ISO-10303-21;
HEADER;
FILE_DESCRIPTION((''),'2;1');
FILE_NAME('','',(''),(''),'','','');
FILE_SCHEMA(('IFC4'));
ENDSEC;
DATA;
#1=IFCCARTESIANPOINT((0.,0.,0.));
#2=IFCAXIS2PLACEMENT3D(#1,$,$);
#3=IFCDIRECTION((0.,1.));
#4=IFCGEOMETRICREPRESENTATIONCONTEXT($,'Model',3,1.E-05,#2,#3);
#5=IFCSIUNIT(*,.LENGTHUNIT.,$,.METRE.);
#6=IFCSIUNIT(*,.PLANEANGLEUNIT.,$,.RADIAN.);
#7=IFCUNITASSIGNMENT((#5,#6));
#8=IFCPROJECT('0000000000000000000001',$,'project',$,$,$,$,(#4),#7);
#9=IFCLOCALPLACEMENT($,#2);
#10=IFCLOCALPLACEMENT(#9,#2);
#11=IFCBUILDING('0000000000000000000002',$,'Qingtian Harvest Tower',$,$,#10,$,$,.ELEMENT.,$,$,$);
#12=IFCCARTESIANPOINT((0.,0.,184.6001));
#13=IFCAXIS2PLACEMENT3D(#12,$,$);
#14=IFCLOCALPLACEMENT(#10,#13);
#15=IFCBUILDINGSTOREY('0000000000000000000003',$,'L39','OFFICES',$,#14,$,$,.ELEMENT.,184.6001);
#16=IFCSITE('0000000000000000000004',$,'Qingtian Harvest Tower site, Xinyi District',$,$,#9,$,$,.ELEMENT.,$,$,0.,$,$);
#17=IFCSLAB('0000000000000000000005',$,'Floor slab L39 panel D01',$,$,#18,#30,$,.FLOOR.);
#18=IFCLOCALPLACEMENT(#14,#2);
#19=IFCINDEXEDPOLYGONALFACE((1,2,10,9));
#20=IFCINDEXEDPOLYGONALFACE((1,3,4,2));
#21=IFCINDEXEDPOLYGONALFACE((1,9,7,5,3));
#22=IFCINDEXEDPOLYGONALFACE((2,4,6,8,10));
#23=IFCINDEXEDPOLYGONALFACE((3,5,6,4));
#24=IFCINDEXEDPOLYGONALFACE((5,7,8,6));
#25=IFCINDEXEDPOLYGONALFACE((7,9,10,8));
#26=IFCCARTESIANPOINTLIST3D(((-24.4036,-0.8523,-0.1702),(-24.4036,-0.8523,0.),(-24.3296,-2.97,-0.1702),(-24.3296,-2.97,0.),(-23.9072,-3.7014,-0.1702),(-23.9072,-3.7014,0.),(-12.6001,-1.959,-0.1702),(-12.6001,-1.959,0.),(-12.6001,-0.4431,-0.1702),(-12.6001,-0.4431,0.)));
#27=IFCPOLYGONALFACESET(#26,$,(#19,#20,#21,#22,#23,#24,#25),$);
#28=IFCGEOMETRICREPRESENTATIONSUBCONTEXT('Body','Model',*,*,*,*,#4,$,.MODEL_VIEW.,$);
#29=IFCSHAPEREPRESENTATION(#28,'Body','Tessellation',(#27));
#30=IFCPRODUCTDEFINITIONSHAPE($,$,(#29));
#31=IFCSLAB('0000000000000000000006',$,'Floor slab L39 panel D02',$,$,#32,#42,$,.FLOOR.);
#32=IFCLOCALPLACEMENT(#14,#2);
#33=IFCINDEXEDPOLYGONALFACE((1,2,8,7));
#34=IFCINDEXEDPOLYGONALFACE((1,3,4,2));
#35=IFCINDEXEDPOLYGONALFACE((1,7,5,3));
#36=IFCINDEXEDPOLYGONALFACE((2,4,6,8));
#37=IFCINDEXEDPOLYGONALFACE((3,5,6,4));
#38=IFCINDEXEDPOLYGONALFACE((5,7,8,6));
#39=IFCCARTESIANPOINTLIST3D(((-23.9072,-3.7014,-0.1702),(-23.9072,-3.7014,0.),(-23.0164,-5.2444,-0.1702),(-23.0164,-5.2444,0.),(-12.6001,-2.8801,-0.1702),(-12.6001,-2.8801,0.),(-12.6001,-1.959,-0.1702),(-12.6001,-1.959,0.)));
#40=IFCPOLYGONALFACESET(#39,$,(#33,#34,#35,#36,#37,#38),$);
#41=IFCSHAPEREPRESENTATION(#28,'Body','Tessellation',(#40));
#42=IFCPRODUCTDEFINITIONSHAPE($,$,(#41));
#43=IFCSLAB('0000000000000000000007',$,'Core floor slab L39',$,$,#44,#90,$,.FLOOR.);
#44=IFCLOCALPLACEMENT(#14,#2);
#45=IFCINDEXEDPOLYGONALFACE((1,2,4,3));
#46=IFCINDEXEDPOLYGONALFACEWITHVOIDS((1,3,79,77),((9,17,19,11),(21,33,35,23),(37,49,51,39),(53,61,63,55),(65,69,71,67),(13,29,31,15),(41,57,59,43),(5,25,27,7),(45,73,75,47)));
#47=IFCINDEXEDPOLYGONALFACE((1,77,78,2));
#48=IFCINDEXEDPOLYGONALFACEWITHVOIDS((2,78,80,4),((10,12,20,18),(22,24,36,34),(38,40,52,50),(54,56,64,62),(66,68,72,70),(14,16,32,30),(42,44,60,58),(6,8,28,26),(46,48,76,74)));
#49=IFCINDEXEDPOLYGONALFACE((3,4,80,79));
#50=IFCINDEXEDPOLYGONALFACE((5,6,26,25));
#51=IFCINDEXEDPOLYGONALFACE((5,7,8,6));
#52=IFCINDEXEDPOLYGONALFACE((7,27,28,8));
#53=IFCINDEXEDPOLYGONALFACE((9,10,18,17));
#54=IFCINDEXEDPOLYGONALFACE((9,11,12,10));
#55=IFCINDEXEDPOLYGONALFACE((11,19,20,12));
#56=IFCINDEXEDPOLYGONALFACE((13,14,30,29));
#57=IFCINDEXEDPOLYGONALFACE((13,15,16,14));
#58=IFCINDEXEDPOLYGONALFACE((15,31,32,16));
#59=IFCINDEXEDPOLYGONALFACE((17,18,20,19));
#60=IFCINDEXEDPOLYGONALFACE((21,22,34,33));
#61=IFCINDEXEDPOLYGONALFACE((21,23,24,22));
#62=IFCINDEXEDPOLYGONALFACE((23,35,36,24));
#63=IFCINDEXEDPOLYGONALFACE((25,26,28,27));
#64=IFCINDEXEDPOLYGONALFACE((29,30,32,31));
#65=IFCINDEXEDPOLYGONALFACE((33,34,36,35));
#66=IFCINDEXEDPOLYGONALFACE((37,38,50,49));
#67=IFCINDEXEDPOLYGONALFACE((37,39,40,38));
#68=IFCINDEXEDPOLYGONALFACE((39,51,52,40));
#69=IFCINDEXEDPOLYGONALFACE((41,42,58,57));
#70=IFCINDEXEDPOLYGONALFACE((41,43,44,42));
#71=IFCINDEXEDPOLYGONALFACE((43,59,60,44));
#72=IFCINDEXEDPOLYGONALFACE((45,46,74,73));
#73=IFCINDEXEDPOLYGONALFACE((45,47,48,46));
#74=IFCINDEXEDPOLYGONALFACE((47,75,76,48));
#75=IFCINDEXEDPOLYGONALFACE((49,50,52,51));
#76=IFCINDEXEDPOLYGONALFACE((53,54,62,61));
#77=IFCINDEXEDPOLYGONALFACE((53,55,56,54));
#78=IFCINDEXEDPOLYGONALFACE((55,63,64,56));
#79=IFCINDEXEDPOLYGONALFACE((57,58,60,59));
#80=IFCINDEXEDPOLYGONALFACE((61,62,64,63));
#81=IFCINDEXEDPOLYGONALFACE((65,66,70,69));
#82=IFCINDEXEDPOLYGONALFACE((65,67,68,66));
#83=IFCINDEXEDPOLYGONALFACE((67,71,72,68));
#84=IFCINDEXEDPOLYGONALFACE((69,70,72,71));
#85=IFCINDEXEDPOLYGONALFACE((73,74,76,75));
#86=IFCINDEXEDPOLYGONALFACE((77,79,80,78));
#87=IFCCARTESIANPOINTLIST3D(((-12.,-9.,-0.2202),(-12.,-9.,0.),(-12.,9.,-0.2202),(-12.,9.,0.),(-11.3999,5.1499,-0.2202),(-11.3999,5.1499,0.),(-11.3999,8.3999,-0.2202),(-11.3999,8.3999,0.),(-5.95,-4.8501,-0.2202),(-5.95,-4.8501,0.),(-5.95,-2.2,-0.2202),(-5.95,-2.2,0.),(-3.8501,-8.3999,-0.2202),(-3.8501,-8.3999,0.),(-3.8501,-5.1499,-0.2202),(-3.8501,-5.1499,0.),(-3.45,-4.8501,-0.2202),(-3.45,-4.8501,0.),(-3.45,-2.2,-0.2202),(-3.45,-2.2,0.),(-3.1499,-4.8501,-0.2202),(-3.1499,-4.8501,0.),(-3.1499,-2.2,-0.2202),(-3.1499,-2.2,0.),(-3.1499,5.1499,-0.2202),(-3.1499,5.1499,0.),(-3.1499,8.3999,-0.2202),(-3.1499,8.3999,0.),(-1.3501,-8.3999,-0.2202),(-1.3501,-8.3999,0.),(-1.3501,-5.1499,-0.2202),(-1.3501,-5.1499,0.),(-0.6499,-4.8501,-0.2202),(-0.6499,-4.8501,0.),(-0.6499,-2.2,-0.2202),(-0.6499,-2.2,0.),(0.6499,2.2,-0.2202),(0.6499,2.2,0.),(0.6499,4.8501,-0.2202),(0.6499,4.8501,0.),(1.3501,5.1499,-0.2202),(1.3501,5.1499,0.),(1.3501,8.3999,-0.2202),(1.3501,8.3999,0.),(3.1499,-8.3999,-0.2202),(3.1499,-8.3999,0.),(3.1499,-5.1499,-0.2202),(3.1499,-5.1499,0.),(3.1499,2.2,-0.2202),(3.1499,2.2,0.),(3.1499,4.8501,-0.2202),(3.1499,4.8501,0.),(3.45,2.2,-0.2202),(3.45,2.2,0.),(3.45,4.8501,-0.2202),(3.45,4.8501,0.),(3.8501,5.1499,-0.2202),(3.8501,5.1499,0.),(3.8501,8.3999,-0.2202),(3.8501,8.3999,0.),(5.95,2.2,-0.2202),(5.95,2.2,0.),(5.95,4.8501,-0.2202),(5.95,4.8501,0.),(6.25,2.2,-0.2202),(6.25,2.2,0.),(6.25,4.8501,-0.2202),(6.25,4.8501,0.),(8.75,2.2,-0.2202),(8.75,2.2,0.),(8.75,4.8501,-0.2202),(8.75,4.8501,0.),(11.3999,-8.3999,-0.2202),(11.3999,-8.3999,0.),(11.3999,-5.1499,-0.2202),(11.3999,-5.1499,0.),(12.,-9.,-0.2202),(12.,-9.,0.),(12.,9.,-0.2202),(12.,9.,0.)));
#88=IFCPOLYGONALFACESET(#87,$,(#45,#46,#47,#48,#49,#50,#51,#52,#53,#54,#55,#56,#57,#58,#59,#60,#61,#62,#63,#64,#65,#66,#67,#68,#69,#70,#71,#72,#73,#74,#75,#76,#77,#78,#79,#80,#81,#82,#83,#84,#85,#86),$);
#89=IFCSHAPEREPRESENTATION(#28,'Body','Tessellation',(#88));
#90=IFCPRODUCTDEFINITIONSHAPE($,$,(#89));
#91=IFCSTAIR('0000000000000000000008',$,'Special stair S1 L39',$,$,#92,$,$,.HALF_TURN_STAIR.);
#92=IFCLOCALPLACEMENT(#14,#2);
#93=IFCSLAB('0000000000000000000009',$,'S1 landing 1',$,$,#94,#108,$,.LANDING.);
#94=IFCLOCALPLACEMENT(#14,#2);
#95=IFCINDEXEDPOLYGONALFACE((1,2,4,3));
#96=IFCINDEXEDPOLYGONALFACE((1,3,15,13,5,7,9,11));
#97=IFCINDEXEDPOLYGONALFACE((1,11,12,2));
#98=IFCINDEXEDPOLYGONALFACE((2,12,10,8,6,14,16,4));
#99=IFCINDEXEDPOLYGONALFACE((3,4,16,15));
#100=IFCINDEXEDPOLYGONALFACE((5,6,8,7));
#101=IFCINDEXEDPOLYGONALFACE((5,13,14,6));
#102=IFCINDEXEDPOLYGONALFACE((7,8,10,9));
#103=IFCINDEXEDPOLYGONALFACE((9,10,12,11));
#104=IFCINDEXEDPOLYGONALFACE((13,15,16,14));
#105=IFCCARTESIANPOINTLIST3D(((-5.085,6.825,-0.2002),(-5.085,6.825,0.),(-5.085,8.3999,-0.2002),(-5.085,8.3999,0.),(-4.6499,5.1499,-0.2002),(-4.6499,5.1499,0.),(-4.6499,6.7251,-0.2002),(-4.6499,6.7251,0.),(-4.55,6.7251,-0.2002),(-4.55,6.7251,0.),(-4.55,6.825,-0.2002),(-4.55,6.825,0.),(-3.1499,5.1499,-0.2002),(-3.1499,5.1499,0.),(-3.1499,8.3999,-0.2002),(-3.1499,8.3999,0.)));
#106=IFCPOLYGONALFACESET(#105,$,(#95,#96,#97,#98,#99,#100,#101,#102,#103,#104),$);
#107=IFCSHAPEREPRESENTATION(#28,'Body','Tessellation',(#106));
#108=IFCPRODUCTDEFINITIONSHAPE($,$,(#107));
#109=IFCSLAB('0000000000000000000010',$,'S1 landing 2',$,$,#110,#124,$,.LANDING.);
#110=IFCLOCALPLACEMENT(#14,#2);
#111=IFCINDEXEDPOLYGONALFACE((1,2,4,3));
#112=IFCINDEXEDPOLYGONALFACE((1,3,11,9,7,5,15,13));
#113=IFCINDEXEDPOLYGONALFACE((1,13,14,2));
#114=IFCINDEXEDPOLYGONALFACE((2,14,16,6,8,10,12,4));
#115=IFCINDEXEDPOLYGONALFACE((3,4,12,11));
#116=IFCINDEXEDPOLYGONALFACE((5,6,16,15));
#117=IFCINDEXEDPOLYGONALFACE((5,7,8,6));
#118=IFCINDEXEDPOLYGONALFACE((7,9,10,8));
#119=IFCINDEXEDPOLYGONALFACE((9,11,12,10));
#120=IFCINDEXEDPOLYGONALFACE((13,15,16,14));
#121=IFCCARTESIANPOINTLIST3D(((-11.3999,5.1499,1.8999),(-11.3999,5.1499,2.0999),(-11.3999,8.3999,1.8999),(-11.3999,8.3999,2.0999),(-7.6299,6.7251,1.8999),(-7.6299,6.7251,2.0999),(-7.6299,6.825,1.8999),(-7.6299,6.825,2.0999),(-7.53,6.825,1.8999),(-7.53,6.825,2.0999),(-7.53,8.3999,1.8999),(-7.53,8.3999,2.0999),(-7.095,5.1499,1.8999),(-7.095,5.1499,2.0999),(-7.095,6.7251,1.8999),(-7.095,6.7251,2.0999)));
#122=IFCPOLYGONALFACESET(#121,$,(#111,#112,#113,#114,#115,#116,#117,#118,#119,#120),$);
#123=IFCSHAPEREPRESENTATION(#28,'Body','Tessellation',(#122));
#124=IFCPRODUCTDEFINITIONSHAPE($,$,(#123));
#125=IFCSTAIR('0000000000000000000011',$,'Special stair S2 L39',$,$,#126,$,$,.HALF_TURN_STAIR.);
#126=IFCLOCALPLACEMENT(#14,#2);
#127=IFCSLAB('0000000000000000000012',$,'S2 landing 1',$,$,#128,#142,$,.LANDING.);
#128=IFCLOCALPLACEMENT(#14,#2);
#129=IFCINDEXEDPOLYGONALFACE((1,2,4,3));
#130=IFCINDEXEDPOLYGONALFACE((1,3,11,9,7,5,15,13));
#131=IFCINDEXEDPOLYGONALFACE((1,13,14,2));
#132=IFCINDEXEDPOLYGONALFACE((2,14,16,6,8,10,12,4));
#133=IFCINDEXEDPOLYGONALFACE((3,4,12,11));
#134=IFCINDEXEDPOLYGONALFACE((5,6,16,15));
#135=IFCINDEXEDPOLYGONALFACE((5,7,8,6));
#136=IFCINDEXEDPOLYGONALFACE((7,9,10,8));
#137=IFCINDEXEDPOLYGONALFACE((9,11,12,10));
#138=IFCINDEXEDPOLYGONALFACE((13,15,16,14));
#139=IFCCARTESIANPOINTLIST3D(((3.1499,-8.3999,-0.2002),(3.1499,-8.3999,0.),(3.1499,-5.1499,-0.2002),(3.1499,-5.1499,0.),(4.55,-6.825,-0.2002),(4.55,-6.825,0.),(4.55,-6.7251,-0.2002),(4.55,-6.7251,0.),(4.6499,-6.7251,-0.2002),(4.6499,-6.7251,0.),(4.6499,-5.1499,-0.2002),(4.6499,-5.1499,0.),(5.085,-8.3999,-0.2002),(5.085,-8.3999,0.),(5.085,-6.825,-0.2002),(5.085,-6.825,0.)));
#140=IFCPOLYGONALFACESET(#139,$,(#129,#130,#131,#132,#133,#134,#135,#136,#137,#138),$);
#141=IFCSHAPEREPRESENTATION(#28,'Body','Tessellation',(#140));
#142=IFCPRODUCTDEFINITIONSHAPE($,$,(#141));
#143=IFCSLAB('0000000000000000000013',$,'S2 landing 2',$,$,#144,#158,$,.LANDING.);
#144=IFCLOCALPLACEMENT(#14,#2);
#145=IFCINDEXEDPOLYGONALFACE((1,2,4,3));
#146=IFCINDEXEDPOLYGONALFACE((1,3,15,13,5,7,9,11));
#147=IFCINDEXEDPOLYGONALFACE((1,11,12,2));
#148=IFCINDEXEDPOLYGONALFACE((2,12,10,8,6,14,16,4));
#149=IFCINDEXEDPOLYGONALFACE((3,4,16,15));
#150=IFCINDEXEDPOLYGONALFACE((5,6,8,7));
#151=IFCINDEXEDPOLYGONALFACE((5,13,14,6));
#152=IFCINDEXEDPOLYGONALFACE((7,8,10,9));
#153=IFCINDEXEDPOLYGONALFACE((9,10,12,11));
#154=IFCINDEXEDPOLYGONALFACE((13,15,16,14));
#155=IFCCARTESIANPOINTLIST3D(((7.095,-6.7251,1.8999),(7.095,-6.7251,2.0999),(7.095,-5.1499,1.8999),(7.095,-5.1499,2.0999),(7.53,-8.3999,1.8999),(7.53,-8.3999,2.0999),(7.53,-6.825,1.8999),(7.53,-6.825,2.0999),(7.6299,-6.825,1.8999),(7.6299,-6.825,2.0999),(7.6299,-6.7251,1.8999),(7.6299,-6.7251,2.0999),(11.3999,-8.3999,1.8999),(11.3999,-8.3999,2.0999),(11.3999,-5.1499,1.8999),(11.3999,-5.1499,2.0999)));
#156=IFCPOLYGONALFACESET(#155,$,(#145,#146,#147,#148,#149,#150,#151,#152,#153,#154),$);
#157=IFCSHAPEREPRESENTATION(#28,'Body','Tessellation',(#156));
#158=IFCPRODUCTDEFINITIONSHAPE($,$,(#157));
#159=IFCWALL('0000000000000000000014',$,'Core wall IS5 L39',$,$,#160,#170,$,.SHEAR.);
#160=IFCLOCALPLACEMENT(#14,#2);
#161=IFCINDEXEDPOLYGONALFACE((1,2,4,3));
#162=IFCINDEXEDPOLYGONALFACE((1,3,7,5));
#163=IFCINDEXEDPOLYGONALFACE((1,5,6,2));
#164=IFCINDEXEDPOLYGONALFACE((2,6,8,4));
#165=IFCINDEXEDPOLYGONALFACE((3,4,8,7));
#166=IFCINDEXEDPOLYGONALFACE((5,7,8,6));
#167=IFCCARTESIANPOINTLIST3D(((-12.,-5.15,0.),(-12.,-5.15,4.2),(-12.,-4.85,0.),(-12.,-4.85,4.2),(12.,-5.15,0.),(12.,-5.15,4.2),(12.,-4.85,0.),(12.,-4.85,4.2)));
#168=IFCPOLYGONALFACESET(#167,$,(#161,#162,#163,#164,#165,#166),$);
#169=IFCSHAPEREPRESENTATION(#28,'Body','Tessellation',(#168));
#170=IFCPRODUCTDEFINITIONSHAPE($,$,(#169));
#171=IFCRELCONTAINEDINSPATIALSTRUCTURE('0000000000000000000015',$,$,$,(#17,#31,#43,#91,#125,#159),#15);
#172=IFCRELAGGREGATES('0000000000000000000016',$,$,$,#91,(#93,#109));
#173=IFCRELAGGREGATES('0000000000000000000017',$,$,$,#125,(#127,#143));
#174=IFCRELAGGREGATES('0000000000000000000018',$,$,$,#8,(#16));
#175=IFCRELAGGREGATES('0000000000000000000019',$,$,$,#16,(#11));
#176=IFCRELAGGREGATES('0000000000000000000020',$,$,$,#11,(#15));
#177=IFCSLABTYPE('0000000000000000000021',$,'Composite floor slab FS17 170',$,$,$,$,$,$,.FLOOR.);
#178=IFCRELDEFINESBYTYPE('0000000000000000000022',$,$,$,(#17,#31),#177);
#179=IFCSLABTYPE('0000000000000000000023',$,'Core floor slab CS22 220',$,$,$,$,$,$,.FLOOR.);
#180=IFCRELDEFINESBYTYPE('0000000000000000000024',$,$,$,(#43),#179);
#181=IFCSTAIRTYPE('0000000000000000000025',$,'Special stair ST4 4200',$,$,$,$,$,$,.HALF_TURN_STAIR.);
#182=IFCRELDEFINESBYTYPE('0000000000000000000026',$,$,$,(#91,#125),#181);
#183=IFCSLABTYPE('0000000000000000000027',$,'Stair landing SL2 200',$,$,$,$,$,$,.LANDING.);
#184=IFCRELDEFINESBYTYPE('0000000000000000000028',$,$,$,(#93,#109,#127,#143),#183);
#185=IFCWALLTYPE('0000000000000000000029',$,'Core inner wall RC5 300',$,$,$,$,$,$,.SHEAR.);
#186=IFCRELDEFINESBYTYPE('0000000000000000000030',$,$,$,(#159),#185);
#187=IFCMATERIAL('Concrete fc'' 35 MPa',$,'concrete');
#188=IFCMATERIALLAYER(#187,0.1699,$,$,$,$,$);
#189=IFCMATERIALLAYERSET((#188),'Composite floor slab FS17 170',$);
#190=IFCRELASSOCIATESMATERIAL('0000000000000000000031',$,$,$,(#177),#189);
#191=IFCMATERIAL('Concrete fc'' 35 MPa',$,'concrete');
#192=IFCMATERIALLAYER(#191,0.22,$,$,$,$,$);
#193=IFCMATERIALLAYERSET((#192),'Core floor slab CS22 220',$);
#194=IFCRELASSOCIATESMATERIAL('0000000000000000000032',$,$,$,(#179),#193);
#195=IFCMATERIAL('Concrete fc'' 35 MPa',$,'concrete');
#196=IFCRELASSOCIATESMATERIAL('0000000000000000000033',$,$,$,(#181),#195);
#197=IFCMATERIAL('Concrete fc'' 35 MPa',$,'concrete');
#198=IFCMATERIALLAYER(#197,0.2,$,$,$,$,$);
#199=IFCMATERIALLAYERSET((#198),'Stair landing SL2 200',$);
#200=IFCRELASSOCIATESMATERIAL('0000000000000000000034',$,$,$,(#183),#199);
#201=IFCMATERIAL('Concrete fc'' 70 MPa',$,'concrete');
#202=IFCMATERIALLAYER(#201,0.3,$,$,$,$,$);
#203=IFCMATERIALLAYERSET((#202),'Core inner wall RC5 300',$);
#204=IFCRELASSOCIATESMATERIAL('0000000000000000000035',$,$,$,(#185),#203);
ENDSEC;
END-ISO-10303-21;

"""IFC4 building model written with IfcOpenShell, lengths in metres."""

from ifc_helpers import new_model, si_unit, direction, frame, frame_2d, origin, place, context, subcontext, project, spatial, polyline, rectangle, outline, extrude, material, layer, layer_set, type_object, element, aggregate, save


model = new_model("IFC4")

# Units and contexts
model_context = context("Model", 3, precision=1e-05, world=origin(), true_north=direction((0.0, 1.0)))
body_context = subcontext(model_context, "Body", "Model", "MODEL_VIEW")
ifc_project = project(units=[si_unit("LENGTHUNIT", "METRE"), si_unit("PLANEANGLEUNIT", "RADIAN")], contexts=[model_context])

# Site, building, storey
site_placement = place(None, origin())
site = spatial("IfcSite", under=ifc_project, at=site_placement, Name="Qingtian Harvest Tower site, Xinyi District", CompositionType="ELEMENT", RefElevation=0.0)
building_placement = place(site_placement, origin())
building = spatial("IfcBuilding", under=site, at=building_placement, Name="Qingtian Harvest Tower", CompositionType="ELEMENT")
storey_placement = place(building_placement, frame((0.0, 0.0, 184.6001)))
storey = spatial("IfcBuildingStorey", under=building, at=storey_placement, Name="L39", Description="OFFICES", CompositionType="ELEMENT", Elevation=184.6001)

# Slabs
ifc_material_1 = material(Name="Concrete fc' 35 MPa", Category="concrete")
ifc_layer_1 = layer(ifc_material_1, 0.1699)
ifc_layer_set_1 = layer_set([ifc_layer_1], Name="Composite floor slab FS17 170")
slab_type_1 = type_object("IfcSlabType", Name="Composite floor slab FS17 170", PredefinedType="FLOOR", material=ifc_layer_set_1)
slab_1_placement = place(storey_placement, frame((0.0, 0.0, -0.1702)))
element("IfcSlab", 1, at=slab_1_placement, inside=storey, type_object=slab_type_1, Name="Floor slab L39 panel D01", PredefinedType="FLOOR", context=body_context, shape_type="SweptSolid", body=[
    extrude(outline(polyline([(-24.4036, -0.8523), (-12.6001, -0.4431), (-12.6001, -1.959), (-23.9072, -3.7014), (-24.3296, -2.97), (-24.4036, -0.8523)])), origin(), (0.0, 0.0, 1.0), 0.1702),
])
slab_2_placement = place(storey_placement, frame((0.0, 0.0, -0.1702)))
element("IfcSlab", 2, at=slab_2_placement, inside=storey, type_object=slab_type_1, Name="Floor slab L39 panel D02", PredefinedType="FLOOR", context=body_context, shape_type="SweptSolid", body=[
    extrude(outline(polyline([(-12.6001, -2.8801), (-23.0164, -5.2444), (-23.9072, -3.7014), (-12.6001, -1.959), (-12.6001, -2.8801)])), origin(), (0.0, 0.0, 1.0), 0.1702),
])
ifc_material_2 = material(Name="Concrete fc' 35 MPa", Category="concrete")
ifc_layer_2 = layer(ifc_material_2, 0.22)
ifc_layer_set_2 = layer_set([ifc_layer_2], Name="Core floor slab CS22 220")
slab_type_2 = type_object("IfcSlabType", Name="Core floor slab CS22 220", PredefinedType="FLOOR", material=ifc_layer_set_2)
slab_3_placement = place(storey_placement, frame((0.0, 0.0, -0.2202)))
element("IfcSlab", 3, at=slab_3_placement, inside=storey, type_object=slab_type_2, Name="Core floor slab L39", PredefinedType="FLOOR", context=body_context, shape_type="SweptSolid", body=[
    extrude(outline(polyline([(-12.0, -9.0), (12.0, -9.0), (12.0, 9.0), (-12.0, 9.0), (-12.0, -9.0)]), holes=[polyline([(-11.3999, 5.1499), (-3.1499, 5.1499), (-3.1499, 8.3999), (-11.3999, 8.3999), (-11.3999, 5.1499)]), polyline([(3.1499, -8.3999), (11.3999, -8.3999), (11.3999, -5.1499), (3.1499, -5.1499), (3.1499, -8.3999)]), polyline([(1.3501, 5.1499), (3.8501, 5.1499), (3.8501, 8.3999), (1.3501, 8.3999), (1.3501, 5.1499)]), polyline([(-3.8501, -8.3999), (-1.3501, -8.3999), (-1.3501, -5.1499), (-3.8501, -5.1499), (-3.8501, -8.3999)]), polyline([(0.6499, 2.2), (3.1499, 2.2), (3.1499, 4.8501), (0.6499, 4.8501), (0.6499, 2.2)]), polyline([(3.45, 2.2), (5.95, 2.2), (5.95, 4.8501), (3.45, 4.8501), (3.45, 2.2)]), polyline([(6.25, 2.2), (8.75, 2.2), (8.75, 4.8501), (6.25, 4.8501), (6.25, 2.2)]), polyline([(-5.95, -4.8501), (-3.45, -4.8501), (-3.45, -2.2), (-5.95, -2.2), (-5.95, -4.8501)]), polyline([(-3.1499, -4.8501), (-0.6499, -4.8501), (-0.6499, -2.2), (-3.1499, -2.2), (-3.1499, -4.8501)])]), origin(), (0.0, 0.0, 1.0), 0.2202),
])

# Stairs, slabs
ifc_material_3 = material(Name="Concrete fc' 35 MPa", Category="concrete")
stair_type = type_object("IfcStairType", Name="Special stair ST4 4200", PredefinedType="HALF_TURN_STAIR", material=ifc_material_3)
stair_1_placement = place(storey_placement, origin())
stair_1 = element("IfcStair", 4, at=stair_1_placement, inside=storey, type_object=stair_type, Name="Special stair S1 L39", PredefinedType="HALF_TURN_STAIR")
ifc_material_4 = material(Name="Concrete fc' 35 MPa", Category="concrete")
ifc_layer_3 = layer(ifc_material_4, 0.2)
ifc_layer_set_3 = layer_set([ifc_layer_3], Name="Stair landing SL2 200")
slab_type_3 = type_object("IfcSlabType", Name="Stair landing SL2 200", PredefinedType="LANDING", material=ifc_layer_set_3)
slab_4_placement = place(storey_placement, frame((0.0, 0.0, -0.2002)))
slab_4 = element("IfcSlab", 5, at=slab_4_placement, type_object=slab_type_3, Name="S1 landing 1", PredefinedType="LANDING", context=body_context, shape_type="SweptSolid", body=[
    extrude(outline(polyline([(-4.6499, 5.1499), (-4.6499, 6.7251), (-4.55, 6.7251), (-4.55, 6.825), (-5.085, 6.825), (-5.085, 8.3999), (-3.1499, 8.3999), (-3.1499, 5.1499), (-4.6499, 5.1499)])), origin(), (0.0, 0.0, 1.0), 0.2002),
])
slab_5_placement = place(storey_placement, frame((0.0, 0.0, 1.8999)))
slab_5 = element("IfcSlab", 6, at=slab_5_placement, type_object=slab_type_3, Name="S1 landing 2", PredefinedType="LANDING", context=body_context, shape_type="SweptSolid", body=[
    extrude(outline(polyline([(-7.095, 5.1499), (-11.3999, 5.1499), (-11.3999, 8.3999), (-7.53, 8.3999), (-7.53, 6.825), (-7.6299, 6.825), (-7.6299, 6.7251), (-7.095, 6.7251), (-7.095, 5.1499)])), origin(), (0.0, 0.0, 1.0), 0.2),
])
aggregate(stair_1, [slab_4, slab_5])
stair_2_placement = place(storey_placement, origin())
stair_2 = element("IfcStair", 7, at=stair_2_placement, inside=storey, type_object=stair_type, Name="Special stair S2 L39", PredefinedType="HALF_TURN_STAIR")
slab_6_placement = place(storey_placement, frame((0.0, 0.0, -0.2002)))
slab_6 = element("IfcSlab", 8, at=slab_6_placement, type_object=slab_type_3, Name="S2 landing 1", PredefinedType="LANDING", context=body_context, shape_type="SweptSolid", body=[
    extrude(outline(polyline([(5.085, -8.3999), (3.1499, -8.3999), (3.1499, -5.1499), (4.6499, -5.1499), (4.6499, -6.7251), (4.55, -6.7251), (4.55, -6.825), (5.085, -6.825), (5.085, -8.3999)])), origin(), (0.0, 0.0, 1.0), 0.2002),
])
slab_7_placement = place(storey_placement, frame((0.0, 0.0, 1.8999)))
slab_7 = element("IfcSlab", 9, at=slab_7_placement, type_object=slab_type_3, Name="S2 landing 2", PredefinedType="LANDING", context=body_context, shape_type="SweptSolid", body=[
    extrude(outline(polyline([(7.53, -8.3999), (7.53, -6.825), (7.6299, -6.825), (7.6299, -6.7251), (7.095, -6.7251), (7.095, -5.1499), (11.3999, -5.1499), (11.3999, -8.3999), (7.53, -8.3999)])), origin(), (0.0, 0.0, 1.0), 0.2),
])
aggregate(stair_2, [slab_6, slab_7])

# Wall
ifc_material_5 = material(Name="Concrete fc' 70 MPa", Category="concrete")
ifc_layer_4 = layer(ifc_material_5, 0.3)
ifc_layer_set_4 = layer_set([ifc_layer_4], Name="Core inner wall RC5 300")
wall_type_1 = type_object("IfcWallType", Name="Core inner wall RC5 300", PredefinedType="SHEAR", material=ifc_layer_set_4)
wall_1_placement = place(storey_placement, frame((-12.0, -5.0, 0.0), z_axis=(0.0, 0.0, 1.0), x_axis=(1.0, 0.0, 0.0)))
element("IfcWall", 10, at=wall_1_placement, inside=storey, type_object=wall_type_1, Name="Core wall IS5 L39", PredefinedType="SHEAR", context=body_context, shape_type="SweptSolid", body=[
    extrude(rectangle(XDim=24.0, YDim=0.3, at=frame_2d((12.0, 0.0))), origin(), (0.0, 0.0, 1.0), 4.2),
])

save(model, "model.ifc")
